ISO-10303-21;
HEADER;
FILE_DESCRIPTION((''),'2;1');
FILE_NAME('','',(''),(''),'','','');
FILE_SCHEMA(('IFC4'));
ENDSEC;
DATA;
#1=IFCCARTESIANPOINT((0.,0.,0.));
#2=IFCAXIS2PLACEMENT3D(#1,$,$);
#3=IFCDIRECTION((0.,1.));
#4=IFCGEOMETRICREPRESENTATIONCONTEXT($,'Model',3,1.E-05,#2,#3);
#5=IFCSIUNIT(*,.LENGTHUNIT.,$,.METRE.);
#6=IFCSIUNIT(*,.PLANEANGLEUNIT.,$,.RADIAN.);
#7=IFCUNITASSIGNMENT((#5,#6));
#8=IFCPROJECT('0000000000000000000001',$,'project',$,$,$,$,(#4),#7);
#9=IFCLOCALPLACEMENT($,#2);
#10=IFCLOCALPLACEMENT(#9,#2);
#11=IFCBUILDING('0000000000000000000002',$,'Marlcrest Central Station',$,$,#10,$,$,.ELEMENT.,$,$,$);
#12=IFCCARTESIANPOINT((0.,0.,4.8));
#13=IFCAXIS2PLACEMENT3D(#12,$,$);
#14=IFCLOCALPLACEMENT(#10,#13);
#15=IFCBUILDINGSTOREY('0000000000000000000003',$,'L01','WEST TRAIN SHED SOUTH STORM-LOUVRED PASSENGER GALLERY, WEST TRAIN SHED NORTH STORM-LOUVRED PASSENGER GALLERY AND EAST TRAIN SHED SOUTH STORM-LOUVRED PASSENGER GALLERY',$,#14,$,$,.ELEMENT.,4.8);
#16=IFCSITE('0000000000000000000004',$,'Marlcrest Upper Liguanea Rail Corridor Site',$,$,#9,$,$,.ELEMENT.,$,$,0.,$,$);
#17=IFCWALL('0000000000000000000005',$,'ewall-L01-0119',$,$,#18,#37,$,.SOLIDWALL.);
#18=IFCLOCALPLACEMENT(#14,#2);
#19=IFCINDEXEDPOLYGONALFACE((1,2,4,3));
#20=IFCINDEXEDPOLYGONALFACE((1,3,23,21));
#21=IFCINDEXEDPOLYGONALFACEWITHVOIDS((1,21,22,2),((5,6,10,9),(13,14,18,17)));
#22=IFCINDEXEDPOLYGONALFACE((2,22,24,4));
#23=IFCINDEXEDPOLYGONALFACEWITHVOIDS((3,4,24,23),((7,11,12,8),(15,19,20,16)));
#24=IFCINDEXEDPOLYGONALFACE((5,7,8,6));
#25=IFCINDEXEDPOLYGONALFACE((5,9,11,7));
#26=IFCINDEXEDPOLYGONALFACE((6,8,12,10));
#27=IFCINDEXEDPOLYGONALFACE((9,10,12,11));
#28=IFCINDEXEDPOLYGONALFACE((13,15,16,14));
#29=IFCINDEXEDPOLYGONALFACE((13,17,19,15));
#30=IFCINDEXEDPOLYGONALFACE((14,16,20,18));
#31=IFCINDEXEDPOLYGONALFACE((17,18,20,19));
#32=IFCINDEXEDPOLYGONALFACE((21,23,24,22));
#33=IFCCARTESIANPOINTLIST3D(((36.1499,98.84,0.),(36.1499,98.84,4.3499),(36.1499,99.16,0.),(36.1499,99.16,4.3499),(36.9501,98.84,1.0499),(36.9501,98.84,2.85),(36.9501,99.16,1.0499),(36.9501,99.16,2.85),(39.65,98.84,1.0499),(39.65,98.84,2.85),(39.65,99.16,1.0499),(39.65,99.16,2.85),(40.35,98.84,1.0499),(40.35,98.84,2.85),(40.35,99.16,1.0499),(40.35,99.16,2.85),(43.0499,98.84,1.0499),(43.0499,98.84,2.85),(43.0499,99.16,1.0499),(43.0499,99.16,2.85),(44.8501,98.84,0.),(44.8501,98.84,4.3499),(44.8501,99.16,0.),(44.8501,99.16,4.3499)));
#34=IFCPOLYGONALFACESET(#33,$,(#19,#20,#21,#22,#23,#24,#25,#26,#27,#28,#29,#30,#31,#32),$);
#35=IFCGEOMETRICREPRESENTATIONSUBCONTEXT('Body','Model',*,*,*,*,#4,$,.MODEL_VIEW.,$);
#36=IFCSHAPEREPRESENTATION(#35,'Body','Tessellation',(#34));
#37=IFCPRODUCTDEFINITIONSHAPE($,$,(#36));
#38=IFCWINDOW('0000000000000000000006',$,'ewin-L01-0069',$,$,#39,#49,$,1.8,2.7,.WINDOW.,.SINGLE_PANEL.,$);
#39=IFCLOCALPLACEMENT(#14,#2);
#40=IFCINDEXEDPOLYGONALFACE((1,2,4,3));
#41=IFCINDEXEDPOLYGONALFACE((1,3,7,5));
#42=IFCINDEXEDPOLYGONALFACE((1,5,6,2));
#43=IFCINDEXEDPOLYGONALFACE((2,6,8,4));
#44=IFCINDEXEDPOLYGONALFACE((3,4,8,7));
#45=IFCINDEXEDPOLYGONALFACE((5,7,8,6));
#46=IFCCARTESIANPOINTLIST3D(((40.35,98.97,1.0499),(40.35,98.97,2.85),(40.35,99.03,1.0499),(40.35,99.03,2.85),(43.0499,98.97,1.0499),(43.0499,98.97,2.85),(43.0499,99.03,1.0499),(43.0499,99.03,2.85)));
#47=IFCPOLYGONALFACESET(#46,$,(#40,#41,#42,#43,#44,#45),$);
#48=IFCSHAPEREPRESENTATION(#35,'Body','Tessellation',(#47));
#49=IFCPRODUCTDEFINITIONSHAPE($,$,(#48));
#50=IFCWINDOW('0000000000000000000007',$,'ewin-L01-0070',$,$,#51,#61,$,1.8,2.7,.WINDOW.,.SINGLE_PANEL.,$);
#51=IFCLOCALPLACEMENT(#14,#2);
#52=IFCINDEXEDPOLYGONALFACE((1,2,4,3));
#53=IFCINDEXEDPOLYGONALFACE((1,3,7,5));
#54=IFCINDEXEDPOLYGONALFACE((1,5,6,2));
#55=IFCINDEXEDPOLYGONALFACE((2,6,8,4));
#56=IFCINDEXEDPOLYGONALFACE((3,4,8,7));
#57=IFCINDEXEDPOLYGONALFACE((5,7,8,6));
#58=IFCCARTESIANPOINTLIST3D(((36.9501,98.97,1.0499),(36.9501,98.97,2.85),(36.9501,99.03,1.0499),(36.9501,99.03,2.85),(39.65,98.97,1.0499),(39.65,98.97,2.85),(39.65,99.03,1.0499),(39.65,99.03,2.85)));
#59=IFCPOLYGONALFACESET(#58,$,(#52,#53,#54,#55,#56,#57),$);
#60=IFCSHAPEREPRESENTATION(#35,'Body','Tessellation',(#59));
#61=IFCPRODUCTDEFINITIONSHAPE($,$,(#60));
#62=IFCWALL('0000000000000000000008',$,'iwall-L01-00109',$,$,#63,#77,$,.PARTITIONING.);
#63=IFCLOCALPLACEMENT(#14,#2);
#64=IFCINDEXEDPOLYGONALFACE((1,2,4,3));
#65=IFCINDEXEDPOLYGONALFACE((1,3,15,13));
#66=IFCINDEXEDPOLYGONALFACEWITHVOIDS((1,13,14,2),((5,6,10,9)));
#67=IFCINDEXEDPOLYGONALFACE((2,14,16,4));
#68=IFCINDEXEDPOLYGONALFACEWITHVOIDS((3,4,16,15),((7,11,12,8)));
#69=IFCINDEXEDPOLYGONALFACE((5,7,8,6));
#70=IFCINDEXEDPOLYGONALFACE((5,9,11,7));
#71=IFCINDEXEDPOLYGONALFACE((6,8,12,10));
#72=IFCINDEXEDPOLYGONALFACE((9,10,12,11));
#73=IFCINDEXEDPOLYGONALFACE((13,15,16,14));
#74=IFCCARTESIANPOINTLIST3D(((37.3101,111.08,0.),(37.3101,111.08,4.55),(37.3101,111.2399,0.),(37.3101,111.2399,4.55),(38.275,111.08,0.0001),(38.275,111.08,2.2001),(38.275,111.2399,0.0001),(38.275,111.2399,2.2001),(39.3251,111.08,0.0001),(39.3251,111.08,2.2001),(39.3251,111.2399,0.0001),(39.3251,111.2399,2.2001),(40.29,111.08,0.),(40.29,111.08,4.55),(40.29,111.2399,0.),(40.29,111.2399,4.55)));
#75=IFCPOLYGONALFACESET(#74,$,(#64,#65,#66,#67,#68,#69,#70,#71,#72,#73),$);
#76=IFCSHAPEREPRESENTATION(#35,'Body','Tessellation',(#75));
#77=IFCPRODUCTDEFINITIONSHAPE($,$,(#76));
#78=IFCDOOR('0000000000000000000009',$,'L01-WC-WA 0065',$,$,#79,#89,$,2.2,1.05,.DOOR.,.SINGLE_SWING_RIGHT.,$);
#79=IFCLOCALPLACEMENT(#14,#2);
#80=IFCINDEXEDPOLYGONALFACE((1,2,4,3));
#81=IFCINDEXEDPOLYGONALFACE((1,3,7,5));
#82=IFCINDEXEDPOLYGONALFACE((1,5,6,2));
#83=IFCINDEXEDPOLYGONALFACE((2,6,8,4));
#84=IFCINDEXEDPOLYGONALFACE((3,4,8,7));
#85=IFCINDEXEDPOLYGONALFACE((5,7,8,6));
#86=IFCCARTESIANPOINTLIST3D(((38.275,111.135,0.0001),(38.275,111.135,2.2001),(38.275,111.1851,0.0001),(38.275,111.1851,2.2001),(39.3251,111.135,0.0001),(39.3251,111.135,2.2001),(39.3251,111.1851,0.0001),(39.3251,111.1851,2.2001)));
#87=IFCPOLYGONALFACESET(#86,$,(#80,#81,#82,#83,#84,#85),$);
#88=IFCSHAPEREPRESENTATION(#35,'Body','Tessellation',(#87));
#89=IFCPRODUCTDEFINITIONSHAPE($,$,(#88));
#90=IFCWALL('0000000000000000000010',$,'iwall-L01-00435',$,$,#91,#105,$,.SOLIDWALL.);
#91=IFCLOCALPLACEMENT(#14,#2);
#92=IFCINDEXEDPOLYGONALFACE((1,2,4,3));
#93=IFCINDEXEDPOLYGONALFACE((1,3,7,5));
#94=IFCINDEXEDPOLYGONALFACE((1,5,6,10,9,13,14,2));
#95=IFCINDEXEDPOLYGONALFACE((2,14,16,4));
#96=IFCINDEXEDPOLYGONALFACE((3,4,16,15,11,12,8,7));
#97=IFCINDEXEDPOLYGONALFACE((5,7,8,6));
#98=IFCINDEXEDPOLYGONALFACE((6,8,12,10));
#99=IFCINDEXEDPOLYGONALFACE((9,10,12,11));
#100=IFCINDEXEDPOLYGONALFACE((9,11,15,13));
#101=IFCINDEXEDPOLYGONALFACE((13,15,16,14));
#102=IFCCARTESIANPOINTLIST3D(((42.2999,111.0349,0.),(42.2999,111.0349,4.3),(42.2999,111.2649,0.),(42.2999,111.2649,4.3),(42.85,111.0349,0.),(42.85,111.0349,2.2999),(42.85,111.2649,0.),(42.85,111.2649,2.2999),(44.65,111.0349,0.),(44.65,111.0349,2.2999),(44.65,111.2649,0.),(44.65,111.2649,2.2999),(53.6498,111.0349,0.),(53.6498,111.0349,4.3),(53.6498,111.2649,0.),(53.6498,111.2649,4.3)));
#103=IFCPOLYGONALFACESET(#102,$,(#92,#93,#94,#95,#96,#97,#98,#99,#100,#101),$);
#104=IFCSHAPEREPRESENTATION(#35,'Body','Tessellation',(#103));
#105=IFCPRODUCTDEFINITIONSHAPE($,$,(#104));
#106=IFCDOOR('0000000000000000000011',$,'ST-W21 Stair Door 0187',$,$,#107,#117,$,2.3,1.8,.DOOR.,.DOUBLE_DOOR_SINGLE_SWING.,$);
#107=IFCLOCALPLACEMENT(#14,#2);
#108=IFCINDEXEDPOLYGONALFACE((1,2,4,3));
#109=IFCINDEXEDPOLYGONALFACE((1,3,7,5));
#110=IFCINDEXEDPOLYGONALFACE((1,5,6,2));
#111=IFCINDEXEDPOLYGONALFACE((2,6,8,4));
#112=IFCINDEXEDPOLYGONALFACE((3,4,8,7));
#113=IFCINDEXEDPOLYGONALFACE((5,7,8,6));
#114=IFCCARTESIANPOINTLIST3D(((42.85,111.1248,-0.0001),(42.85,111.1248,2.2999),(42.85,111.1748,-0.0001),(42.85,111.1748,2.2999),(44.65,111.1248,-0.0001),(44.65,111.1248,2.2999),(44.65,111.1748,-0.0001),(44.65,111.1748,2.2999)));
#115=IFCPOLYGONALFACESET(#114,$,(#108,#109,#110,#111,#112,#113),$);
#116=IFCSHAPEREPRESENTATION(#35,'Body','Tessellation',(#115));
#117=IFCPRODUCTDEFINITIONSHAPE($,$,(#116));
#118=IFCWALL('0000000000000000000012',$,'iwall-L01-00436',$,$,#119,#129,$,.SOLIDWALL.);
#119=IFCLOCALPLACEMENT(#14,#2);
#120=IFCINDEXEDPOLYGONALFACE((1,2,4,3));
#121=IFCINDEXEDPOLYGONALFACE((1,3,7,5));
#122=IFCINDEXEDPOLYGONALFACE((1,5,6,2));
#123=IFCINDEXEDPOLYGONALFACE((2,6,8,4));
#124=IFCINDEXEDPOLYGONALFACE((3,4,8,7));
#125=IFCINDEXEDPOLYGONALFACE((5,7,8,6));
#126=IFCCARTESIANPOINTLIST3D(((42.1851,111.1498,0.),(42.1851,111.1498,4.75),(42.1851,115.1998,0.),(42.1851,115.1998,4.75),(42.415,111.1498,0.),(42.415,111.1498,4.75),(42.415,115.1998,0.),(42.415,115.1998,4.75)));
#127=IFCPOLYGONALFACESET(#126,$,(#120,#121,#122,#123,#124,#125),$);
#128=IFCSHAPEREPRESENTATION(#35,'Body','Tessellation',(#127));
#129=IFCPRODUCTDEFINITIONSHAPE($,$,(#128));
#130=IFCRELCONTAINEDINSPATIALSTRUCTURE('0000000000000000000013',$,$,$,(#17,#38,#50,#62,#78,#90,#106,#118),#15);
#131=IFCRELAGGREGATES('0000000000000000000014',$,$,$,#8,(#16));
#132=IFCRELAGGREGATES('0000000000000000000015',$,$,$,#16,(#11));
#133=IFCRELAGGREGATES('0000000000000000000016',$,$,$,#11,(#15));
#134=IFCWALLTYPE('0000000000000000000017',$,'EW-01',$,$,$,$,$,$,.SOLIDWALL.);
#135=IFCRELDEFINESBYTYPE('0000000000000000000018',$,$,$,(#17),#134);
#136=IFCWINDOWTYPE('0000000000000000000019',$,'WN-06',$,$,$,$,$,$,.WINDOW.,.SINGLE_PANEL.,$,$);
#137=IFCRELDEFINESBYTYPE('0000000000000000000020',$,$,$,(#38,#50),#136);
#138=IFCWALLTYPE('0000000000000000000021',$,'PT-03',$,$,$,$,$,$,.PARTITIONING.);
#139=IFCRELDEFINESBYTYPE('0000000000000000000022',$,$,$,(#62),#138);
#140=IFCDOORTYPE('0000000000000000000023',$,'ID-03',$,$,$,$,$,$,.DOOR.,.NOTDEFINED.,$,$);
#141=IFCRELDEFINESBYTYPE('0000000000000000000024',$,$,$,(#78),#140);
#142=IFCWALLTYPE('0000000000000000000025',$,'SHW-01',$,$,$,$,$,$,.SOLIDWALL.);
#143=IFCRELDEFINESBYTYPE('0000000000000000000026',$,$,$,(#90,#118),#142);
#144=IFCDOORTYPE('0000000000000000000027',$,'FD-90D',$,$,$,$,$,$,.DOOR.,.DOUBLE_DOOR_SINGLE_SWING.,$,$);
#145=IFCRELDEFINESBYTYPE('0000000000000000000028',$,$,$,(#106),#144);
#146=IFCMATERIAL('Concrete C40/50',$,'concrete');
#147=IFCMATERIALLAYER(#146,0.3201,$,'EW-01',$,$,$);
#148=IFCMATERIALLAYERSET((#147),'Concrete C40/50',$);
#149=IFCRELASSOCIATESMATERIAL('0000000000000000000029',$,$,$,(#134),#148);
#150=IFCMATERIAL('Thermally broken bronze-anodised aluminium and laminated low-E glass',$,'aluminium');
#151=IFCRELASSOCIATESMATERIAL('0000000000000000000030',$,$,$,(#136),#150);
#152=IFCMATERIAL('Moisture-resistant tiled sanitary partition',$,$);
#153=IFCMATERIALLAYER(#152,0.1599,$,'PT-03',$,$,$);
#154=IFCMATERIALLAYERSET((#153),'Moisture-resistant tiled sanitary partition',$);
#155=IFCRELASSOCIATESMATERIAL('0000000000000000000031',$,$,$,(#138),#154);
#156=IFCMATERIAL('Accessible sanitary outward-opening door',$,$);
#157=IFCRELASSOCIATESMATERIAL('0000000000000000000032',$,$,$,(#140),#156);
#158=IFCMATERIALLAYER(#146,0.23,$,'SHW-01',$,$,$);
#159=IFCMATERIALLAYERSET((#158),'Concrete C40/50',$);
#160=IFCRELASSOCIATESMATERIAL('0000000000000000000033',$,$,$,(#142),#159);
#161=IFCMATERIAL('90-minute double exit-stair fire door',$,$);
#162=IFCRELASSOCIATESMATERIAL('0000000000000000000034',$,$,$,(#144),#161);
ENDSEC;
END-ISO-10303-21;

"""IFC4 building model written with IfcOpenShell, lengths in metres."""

from ifc_helpers import new_model, si_unit, direction, frame, frame_2d, origin, place, context, subcontext, project, spatial, rectangle, extrude, material, layer, layer_set, type_object, element, fill, save


model = new_model("IFC4")

# Units and contexts
model_context = context("Model", 3, precision=1e-05, world=origin(), true_north=direction((0.0, 1.0)))
body_context = subcontext(model_context, "Body", "Model", "MODEL_VIEW")
ifc_project = project(units=[si_unit("LENGTHUNIT", "METRE"), si_unit("PLANEANGLEUNIT", "RADIAN")], contexts=[model_context])

# Site, building, storey
site_placement = place(None, origin())
site = spatial("IfcSite", under=ifc_project, at=site_placement, Name="Marlcrest Upper Liguanea Rail Corridor Site", CompositionType="ELEMENT", RefElevation=0.0)
building_placement = place(site_placement, origin())
building = spatial("IfcBuilding", under=site, at=building_placement, Name="Marlcrest Central Station", CompositionType="ELEMENT")
storey_placement = place(building_placement, frame((0.0, 0.0, 4.8)))
storey = spatial("IfcBuildingStorey", under=building, at=storey_placement, Name="L01", Description="WEST TRAIN SHED SOUTH STORM-LOUVRED PASSENGER GALLERY, WEST TRAIN SHED NORTH STORM-LOUVRED PASSENGER GALLERY AND EAST TRAIN SHED SOUTH STORM-LOUVRED PASSENGER GALLERY", CompositionType="ELEMENT", Elevation=4.8)

# Wall, openings, windows
ifc_material_1 = material(Name="Concrete C40/50", Category="concrete")
ifc_layer_1 = layer(ifc_material_1, 0.3201, Name="EW-01")
ifc_layer_set_1 = layer_set([ifc_layer_1], Name="Concrete C40/50")
wall_type_1 = type_object("IfcWallType", Name="EW-01", PredefinedType="SOLIDWALL", material=ifc_layer_set_1)
wall_1_placement = place(storey_placement, frame((44.8501, 99.0, 0.0), z_axis=(0.0, 0.0, 1.0), x_axis=(-1.0, 0.0, 0.0)))
wall_1 = element("IfcWall", 1, at=wall_1_placement, inside=storey, type_object=wall_type_1, Name="ewall-L01-0119", PredefinedType="SOLIDWALL", context=body_context, shape_type="SweptSolid", body=[
    extrude(rectangle(XDim=8.7002, YDim=0.3201, at=frame_2d((4.3501, 0.0))), origin(), (0.0, 0.0, 1.0), 4.3499),
])
opening_1_placement = place(wall_1_placement, frame((1.8, 0.0, 1.05)))
opening_1 = element("IfcOpeningElement", 2, at=opening_1_placement, cuts=wall_1, PredefinedType="OPENING", context=body_context, shape_type="SweptSolid", body=[
    extrude(rectangle(XDim=2.7, YDim=1.8, at=frame_2d((1.3501, 0.8999))), frame((0.0, 0.1699, 0.0), z_axis=(0.0, -1.0, 0.0), x_axis=(1.0, 0.0, 0.0)), (0.0, 0.0, 1.0), 0.3401),
])
opening_2_placement = place(wall_1_placement, frame((5.2, 0.0, 1.05)))
opening_2 = element("IfcOpeningElement", 3, at=opening_2_placement, cuts=wall_1, PredefinedType="OPENING", context=body_context, shape_type="SweptSolid", body=[
    extrude(rectangle(XDim=2.7, YDim=1.8, at=frame_2d((1.3501, 0.8999))), frame((0.0, 0.1699, 0.0), z_axis=(0.0, -1.0, 0.0), x_axis=(1.0, 0.0, 0.0)), (0.0, 0.0, 1.0), 0.3401),
])
ifc_material_2 = material(Name="Thermally broken bronze-anodised aluminium and laminated low-E glass", Category="aluminium")
window_type = type_object("IfcWindowType", Name="WN-06", PartitioningType="SINGLE_PANEL", PredefinedType="WINDOW", material=ifc_material_2)
window_1_placement = place(opening_1_placement, origin())
window_1 = element("IfcWindow", 4, at=window_1_placement, inside=storey, type_object=window_type, Name="ewin-L01-0069", OverallHeight=1.8, OverallWidth=2.7, PartitioningType="SINGLE_PANEL", PredefinedType="WINDOW", context=body_context, shape_type="SweptSolid", body=[
    extrude(rectangle(XDim=2.7, YDim=1.8, at=frame_2d((1.3501, 0.8999))), frame((0.0, 0.03, 0.0), z_axis=(0.0, -1.0, 0.0), x_axis=(1.0, 0.0, 0.0)), (0.0, 0.0, 1.0), 0.0601),
])
fill(opening_1, window_1)
window_2_placement = place(opening_2_placement, origin())
window_2 = element("IfcWindow", 5, at=window_2_placement, inside=storey, type_object=window_type, Name="ewin-L01-0070", OverallHeight=1.8, OverallWidth=2.7, PartitioningType="SINGLE_PANEL", PredefinedType="WINDOW", context=body_context, shape_type="SweptSolid", body=[
    extrude(rectangle(XDim=2.7, YDim=1.8, at=frame_2d((1.3501, 0.8999))), frame((0.0, 0.03, 0.0), z_axis=(0.0, -1.0, 0.0), x_axis=(1.0, 0.0, 0.0)), (0.0, 0.0, 1.0), 0.0601),
])
fill(opening_2, window_2)

# Walls, openings, doors
ifc_material_3 = material(Name="Moisture-resistant tiled sanitary partition")
ifc_layer_2 = layer(ifc_material_3, 0.1599, Name="PT-03")
ifc_layer_set_2 = layer_set([ifc_layer_2], Name="Moisture-resistant tiled sanitary partition")
wall_type_2 = type_object("IfcWallType", Name="PT-03", PredefinedType="PARTITIONING", material=ifc_layer_set_2)
wall_2_placement = place(storey_placement, frame((40.29, 111.1599, 0.0), z_axis=(0.0, 0.0, 1.0), x_axis=(-1.0, 0.0, 0.0)))
wall_2 = element("IfcWall", 6, at=wall_2_placement, inside=storey, type_object=wall_type_2, Name="iwall-L01-00109", PredefinedType="PARTITIONING", context=body_context, shape_type="SweptSolid", body=[
    extrude(rectangle(XDim=2.98, YDim=0.1599, at=frame_2d((1.49, 0.0))), origin(), (0.0, 0.0, 1.0), 4.55),
])
opening_3_placement = place(wall_2_placement, frame((0.9651, 0.0, 0.0)))
opening_3 = element("IfcOpeningElement", 7, at=opening_3_placement, cuts=wall_2, PredefinedType="OPENING", context=body_context, shape_type="SweptSolid", body=[
    extrude(rectangle(XDim=1.05, YDim=2.2, at=frame_2d((0.5249, 1.1001))), frame((0.0, 0.0898, 0.0), z_axis=(0.0, -1.0, 0.0), x_axis=(1.0, 0.0, 0.0)), (0.0, 0.0, 1.0), 0.1799),
])
ifc_material_4 = material(Name="Accessible sanitary outward-opening door")
door_type_1 = type_object("IfcDoorType", Name="ID-03", OperationType="NOTDEFINED", PredefinedType="DOOR", material=ifc_material_4)
door_1_placement = place(opening_3_placement, origin())
door_1 = element("IfcDoor", 8, at=door_1_placement, inside=storey, type_object=door_type_1, Name="L01-WC-WA 0065", OperationType="SINGLE_SWING_RIGHT", OverallHeight=2.2, OverallWidth=1.05, PredefinedType="DOOR", context=body_context, shape_type="SweptSolid", body=[
    extrude(rectangle(XDim=1.05, YDim=2.2, at=frame_2d((0.5249, 1.1001))), frame((0.0, 0.0249, 0.0), z_axis=(0.0, -1.0, 0.0), x_axis=(1.0, 0.0, 0.0)), (0.0, 0.0, 1.0), 0.05),
])
fill(opening_3, door_1)
ifc_layer_3 = layer(ifc_material_1, 0.23, Name="SHW-01")
ifc_layer_set_3 = layer_set([ifc_layer_3], Name="Concrete C40/50")
wall_type_3 = type_object("IfcWallType", Name="SHW-01", PredefinedType="SOLIDWALL", material=ifc_layer_set_3)
wall_3_placement = place(storey_placement, frame((42.3, 111.1499, 0.0), z_axis=(0.0, 0.0, 1.0), x_axis=(1.0, 0.0, 0.0)))
wall_3 = element("IfcWall", 9, at=wall_3_placement, inside=storey, type_object=wall_type_3, Name="iwall-L01-00435", PredefinedType="SOLIDWALL", context=body_context, shape_type="SweptSolid", body=[
    extrude(rectangle(XDim=11.3499, YDim=0.23, at=frame_2d((5.6748, 0.0))), origin(), (0.0, 0.0, 1.0), 4.3),
])
opening_4_placement = place(wall_3_placement, frame((0.55, 0.0, 0.0)))
opening_4 = element("IfcOpeningElement", 10, at=opening_4_placement, cuts=wall_3, PredefinedType="OPENING", context=body_context, shape_type="SweptSolid", body=[
    extrude(rectangle(XDim=1.8, YDim=2.3, at=frame_2d((0.8999, 1.1499))), frame((0.0, 0.125, 0.0), z_axis=(0.0, -1.0, 0.0), x_axis=(1.0, 0.0, 0.0)), (0.0, 0.0, 1.0), 0.25),
])
ifc_material_5 = material(Name="90-minute double exit-stair fire door")
door_type_2 = type_object("IfcDoorType", Name="FD-90D", OperationType="DOUBLE_DOOR_SINGLE_SWING", PredefinedType="DOOR", material=ifc_material_5)
door_2_placement = place(opening_4_placement, origin())
door_2 = element("IfcDoor", 11, at=door_2_placement, inside=storey, type_object=door_type_2, Name="ST-W21 Stair Door 0187", OperationType="DOUBLE_DOOR_SINGLE_SWING", OverallHeight=2.3, OverallWidth=1.8, PredefinedType="DOOR", context=body_context, shape_type="SweptSolid", body=[
    extrude(rectangle(XDim=1.8, YDim=2.3, at=frame_2d((0.8999, 1.1499))), frame((0.0, 0.0249, 0.0), z_axis=(0.0, -1.0, 0.0), x_axis=(1.0, 0.0, 0.0)), (0.0, 0.0, 1.0), 0.05),
])
fill(opening_4, door_2)

# Wall
wall_4_placement = place(storey_placement, frame((42.3, 111.1499, 0.0), z_axis=(0.0, 0.0, 1.0), x_axis=(0.0, 1.0, 0.0)))
element("IfcWall", 12, at=wall_4_placement, inside=storey, type_object=wall_type_3, Name="iwall-L01-00436", PredefinedType="SOLIDWALL", context=body_context, shape_type="SweptSolid", body=[
    extrude(rectangle(XDim=4.05, YDim=0.23, at=frame_2d((2.0249, 0.0))), origin(), (0.0, 0.0, 1.0), 4.75),
])

save(model, "model.ifc")
